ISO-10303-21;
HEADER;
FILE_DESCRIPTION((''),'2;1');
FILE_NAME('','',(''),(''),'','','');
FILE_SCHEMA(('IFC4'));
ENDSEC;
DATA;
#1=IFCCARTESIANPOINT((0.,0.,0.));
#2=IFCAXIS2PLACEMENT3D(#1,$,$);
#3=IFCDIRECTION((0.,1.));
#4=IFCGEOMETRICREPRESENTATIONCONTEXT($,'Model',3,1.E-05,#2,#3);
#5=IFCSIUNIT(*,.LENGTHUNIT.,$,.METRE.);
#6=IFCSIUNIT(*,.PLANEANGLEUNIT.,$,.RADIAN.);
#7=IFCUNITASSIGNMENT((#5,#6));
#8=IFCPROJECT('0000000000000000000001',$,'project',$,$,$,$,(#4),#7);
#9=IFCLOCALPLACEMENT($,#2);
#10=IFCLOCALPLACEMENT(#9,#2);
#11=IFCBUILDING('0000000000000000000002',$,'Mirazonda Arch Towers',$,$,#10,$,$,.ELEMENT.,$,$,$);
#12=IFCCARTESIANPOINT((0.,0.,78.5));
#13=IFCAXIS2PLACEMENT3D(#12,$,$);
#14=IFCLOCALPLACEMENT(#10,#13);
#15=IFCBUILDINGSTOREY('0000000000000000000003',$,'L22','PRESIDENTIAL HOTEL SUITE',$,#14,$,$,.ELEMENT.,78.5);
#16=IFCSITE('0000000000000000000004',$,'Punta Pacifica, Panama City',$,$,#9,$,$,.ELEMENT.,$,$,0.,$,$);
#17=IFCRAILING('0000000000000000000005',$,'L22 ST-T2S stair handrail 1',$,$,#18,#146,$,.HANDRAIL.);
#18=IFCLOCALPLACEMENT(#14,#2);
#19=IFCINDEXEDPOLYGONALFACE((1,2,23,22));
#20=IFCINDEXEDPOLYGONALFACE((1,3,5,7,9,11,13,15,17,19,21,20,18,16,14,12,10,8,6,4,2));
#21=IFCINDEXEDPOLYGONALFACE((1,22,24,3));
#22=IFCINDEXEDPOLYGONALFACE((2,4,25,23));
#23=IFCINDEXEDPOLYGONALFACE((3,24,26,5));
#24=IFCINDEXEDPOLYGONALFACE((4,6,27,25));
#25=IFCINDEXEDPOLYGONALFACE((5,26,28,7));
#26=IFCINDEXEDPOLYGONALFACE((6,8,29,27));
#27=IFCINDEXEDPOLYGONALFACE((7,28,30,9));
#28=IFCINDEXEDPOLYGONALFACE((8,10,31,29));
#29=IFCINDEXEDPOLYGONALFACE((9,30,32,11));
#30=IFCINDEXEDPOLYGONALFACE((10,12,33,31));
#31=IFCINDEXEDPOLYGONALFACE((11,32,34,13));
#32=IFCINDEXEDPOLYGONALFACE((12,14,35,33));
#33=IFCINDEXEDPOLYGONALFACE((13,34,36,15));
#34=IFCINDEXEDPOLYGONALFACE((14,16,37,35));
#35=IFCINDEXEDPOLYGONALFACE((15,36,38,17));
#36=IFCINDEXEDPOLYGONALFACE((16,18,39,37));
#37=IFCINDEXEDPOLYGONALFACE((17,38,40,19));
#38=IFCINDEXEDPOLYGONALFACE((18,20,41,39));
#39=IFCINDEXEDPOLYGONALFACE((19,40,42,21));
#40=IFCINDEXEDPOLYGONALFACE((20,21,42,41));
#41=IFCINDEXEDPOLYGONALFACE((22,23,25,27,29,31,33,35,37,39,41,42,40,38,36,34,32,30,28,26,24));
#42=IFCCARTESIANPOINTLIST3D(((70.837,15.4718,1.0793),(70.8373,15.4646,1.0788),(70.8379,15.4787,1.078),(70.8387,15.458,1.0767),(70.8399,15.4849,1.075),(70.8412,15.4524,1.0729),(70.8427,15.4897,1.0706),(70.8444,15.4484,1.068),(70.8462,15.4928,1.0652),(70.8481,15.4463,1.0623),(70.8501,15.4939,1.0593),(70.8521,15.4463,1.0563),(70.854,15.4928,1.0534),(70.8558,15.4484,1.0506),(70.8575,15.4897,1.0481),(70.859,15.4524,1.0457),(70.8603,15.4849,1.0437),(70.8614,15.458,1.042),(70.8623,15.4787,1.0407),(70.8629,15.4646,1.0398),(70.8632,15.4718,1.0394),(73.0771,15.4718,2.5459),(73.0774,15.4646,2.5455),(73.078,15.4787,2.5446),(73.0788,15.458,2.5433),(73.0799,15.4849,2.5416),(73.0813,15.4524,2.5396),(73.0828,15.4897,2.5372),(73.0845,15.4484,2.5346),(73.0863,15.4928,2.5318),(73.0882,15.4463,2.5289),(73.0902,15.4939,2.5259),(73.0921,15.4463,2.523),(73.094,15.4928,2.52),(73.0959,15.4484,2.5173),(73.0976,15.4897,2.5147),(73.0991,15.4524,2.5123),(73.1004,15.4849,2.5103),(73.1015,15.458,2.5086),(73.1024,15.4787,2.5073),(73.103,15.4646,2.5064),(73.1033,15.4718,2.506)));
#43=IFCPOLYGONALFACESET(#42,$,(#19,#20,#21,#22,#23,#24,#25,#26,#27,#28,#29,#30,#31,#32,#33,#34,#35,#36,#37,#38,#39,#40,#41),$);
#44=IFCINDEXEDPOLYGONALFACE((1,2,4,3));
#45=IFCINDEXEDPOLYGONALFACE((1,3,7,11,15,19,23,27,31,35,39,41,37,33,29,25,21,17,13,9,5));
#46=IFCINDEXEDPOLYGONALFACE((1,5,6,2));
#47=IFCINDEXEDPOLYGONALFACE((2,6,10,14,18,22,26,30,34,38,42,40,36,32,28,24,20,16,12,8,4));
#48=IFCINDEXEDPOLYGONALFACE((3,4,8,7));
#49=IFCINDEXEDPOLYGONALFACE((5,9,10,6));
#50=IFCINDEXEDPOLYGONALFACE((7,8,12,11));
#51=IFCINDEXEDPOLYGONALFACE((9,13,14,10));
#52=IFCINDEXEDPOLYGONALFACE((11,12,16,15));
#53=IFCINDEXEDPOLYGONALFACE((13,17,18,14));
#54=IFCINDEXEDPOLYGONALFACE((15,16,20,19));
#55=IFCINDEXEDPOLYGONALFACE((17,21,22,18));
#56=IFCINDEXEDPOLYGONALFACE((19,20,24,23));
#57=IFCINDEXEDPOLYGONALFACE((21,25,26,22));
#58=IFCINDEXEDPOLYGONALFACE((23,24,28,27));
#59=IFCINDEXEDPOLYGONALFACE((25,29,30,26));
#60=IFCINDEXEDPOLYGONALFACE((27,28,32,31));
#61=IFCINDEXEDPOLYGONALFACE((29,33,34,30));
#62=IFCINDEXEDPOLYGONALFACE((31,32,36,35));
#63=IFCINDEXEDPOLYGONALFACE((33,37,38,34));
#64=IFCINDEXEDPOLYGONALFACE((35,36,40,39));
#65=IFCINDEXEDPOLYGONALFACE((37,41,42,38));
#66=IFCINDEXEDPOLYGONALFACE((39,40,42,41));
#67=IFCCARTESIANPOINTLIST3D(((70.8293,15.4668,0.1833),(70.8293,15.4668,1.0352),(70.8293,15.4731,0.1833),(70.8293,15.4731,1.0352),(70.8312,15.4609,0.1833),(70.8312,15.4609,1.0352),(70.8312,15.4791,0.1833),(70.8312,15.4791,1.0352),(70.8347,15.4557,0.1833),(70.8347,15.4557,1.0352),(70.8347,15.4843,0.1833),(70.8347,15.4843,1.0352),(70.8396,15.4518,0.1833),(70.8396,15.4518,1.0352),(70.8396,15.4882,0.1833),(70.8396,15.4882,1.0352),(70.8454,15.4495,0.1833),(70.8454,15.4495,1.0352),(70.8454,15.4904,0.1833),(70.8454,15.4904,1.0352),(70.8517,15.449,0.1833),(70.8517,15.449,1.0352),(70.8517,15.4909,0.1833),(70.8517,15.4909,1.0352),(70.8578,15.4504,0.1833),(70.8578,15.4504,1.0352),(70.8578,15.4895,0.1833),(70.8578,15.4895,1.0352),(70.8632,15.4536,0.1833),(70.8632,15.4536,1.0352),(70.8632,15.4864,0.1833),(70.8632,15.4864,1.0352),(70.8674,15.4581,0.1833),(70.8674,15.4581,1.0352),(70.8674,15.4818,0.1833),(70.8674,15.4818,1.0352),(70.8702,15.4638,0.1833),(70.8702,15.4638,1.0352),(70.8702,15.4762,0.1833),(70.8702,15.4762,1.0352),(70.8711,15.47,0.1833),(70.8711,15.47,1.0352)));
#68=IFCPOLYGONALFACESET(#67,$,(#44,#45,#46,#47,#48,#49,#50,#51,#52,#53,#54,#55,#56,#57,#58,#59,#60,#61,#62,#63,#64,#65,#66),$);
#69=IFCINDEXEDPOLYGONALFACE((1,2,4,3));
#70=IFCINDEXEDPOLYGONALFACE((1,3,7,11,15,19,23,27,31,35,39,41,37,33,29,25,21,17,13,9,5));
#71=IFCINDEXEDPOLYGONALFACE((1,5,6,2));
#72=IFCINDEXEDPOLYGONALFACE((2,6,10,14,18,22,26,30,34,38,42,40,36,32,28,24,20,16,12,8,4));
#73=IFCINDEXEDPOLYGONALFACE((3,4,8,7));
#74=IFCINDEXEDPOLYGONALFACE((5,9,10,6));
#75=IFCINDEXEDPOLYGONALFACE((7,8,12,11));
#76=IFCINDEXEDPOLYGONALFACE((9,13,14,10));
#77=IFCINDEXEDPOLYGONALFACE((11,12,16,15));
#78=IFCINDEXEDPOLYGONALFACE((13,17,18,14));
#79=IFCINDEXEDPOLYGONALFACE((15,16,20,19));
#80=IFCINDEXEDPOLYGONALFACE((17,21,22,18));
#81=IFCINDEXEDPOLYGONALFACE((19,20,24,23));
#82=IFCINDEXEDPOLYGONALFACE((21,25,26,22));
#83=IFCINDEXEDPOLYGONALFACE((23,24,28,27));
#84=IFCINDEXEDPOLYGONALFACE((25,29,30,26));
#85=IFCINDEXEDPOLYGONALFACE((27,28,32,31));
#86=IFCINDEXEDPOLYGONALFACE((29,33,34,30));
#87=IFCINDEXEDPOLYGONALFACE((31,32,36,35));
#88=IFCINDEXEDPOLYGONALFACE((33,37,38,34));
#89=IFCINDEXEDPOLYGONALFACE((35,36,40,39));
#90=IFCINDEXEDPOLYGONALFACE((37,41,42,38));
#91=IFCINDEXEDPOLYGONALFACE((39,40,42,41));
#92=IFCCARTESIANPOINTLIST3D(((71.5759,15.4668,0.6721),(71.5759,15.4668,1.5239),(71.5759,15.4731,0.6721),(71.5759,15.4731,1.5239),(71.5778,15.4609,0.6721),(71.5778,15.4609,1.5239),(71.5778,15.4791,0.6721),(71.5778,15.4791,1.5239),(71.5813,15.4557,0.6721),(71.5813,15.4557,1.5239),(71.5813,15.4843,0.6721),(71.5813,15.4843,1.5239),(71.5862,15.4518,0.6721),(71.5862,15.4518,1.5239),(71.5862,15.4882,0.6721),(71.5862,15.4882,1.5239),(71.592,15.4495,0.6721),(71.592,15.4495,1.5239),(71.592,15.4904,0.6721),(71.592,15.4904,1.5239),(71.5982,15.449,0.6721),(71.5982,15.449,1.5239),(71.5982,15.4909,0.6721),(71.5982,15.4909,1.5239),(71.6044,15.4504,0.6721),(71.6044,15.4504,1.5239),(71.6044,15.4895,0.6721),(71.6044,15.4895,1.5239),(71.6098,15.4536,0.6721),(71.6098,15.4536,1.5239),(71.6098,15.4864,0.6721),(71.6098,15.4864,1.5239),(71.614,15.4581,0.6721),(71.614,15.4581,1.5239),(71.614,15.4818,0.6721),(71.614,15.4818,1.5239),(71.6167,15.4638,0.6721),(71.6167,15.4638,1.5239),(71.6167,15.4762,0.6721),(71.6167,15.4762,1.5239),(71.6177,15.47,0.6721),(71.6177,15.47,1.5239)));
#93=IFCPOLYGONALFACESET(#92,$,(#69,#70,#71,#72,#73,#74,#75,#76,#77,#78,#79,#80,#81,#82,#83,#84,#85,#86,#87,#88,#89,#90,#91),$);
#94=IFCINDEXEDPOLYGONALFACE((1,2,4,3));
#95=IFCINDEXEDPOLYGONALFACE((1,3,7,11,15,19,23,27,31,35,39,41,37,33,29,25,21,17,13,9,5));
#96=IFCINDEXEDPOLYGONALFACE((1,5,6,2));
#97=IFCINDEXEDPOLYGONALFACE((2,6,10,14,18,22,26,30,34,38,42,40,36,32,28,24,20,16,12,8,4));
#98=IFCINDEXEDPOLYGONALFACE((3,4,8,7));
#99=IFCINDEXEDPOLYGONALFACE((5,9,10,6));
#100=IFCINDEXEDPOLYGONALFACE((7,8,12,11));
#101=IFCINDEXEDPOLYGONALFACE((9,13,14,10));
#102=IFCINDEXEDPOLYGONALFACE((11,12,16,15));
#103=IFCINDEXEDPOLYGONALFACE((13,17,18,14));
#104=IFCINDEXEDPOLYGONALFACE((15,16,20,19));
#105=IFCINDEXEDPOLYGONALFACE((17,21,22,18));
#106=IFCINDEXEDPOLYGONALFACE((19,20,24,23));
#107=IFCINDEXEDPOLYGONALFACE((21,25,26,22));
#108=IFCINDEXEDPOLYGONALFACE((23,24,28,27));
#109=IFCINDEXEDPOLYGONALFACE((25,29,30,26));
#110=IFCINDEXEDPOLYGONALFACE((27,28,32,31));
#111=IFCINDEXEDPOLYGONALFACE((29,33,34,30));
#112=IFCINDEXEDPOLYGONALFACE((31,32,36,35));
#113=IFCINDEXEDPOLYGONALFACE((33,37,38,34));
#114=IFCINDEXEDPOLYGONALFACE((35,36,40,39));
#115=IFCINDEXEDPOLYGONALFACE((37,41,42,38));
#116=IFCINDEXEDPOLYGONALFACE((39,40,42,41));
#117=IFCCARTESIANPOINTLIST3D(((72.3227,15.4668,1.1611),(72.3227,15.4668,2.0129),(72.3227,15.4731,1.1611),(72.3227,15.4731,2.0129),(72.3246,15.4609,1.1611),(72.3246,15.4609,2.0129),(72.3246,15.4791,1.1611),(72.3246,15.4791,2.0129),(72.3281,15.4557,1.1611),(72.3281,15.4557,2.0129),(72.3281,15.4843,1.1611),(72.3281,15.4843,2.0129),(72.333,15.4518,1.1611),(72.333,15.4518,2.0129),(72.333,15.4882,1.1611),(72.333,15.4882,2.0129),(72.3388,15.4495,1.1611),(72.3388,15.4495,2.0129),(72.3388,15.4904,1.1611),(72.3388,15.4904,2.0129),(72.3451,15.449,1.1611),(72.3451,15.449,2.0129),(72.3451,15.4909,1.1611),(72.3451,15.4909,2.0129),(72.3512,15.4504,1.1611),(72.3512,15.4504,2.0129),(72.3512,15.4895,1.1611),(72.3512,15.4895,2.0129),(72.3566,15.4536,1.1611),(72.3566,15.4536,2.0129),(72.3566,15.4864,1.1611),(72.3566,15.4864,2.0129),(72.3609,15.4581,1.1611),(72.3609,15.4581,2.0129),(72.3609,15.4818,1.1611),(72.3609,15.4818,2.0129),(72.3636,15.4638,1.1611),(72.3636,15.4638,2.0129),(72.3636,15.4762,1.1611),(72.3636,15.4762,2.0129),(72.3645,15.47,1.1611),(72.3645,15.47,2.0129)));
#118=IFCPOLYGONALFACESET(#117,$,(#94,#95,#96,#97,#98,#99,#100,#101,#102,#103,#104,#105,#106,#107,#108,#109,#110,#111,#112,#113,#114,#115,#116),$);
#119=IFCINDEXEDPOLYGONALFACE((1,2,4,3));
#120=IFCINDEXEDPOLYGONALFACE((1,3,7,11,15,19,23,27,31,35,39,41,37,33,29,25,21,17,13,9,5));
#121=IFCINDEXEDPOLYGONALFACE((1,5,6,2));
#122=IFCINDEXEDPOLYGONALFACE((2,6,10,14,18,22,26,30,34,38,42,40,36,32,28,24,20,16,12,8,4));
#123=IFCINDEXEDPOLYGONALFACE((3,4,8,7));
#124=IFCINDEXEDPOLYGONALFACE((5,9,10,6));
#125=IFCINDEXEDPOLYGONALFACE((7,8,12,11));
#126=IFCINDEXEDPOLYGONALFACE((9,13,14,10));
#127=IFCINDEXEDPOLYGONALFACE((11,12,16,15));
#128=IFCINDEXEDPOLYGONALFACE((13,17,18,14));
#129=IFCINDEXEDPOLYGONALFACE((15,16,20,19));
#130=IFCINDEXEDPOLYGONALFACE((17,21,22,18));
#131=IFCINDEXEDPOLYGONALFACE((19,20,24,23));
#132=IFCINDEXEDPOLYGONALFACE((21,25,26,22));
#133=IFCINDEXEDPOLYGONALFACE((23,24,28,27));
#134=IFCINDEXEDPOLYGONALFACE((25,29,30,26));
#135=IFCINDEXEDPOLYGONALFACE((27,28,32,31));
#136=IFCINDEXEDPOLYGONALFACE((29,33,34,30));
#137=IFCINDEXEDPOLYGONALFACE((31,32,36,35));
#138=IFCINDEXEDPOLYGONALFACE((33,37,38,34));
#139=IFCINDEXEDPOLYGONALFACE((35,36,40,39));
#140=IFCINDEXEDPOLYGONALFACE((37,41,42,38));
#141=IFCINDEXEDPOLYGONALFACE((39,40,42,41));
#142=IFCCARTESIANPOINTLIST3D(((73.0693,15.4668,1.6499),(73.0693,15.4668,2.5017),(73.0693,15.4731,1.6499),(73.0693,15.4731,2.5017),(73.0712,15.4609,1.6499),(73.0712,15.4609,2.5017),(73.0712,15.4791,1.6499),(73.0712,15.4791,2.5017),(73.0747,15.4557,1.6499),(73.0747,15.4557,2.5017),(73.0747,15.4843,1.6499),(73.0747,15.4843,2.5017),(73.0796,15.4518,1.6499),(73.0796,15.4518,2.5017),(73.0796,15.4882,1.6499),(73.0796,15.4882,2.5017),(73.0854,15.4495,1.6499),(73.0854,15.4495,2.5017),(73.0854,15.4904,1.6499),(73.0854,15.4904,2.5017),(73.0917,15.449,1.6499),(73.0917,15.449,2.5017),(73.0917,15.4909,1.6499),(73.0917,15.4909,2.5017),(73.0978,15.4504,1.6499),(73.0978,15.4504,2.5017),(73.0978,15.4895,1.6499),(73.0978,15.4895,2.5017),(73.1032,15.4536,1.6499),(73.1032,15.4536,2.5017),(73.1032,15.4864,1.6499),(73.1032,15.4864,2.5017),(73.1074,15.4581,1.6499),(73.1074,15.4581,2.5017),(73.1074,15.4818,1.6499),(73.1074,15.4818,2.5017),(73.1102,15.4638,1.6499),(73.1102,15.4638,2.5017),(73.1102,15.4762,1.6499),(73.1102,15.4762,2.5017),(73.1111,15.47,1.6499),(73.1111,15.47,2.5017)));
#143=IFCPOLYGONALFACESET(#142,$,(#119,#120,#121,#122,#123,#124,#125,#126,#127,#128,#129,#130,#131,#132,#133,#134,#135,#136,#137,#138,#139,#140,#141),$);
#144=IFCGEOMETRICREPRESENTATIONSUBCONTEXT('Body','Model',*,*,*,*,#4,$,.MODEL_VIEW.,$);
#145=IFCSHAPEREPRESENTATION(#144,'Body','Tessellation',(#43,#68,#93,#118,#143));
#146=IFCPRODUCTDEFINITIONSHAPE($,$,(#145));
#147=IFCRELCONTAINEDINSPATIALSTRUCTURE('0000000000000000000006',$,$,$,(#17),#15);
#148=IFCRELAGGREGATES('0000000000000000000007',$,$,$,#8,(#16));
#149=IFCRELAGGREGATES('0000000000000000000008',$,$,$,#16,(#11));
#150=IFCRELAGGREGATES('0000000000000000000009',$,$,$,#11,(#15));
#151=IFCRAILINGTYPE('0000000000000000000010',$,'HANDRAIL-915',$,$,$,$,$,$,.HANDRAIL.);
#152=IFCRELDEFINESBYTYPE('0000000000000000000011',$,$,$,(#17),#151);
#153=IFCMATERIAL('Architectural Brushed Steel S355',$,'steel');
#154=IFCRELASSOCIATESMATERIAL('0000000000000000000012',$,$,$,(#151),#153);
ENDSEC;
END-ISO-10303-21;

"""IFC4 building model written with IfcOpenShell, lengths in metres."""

from ifc_helpers import new_model, si_unit, direction, frame, origin, origin_2d, place, context, subcontext, project, spatial, circle, extrude, material, type_object, element, save


model = new_model("IFC4")

# Units and contexts
model_context = context("Model", 3, precision=1e-05, world=origin(), true_north=direction((0.0, 1.0)))
body_context = subcontext(model_context, "Body", "Model", "MODEL_VIEW")
ifc_project = project(units=[si_unit("LENGTHUNIT", "METRE"), si_unit("PLANEANGLEUNIT", "RADIAN")], contexts=[model_context])

# Site, building, storey
site_placement = place(None, origin())
site = spatial("IfcSite", under=ifc_project, at=site_placement, Name="Punta Pacifica, Panama City", CompositionType="ELEMENT", RefElevation=0.0)
building_placement = place(site_placement, origin())
building = spatial("IfcBuilding", under=site, at=building_placement, Name="Mirazonda Arch Towers", CompositionType="ELEMENT")
storey_placement = place(building_placement, frame((0.0, 0.0, 78.5)))
storey = spatial("IfcBuildingStorey", under=building, at=storey_placement, Name="L22", Description="PRESIDENTIAL HOTEL SUITE", CompositionType="ELEMENT", Elevation=78.5)

# Shared definitions
ifc_material_1 = material(Name="Architectural Brushed Steel S355", Category="steel")

# Railing
railing_type_1 = type_object("IfcRailingType", Name="HANDRAIL-915", PredefinedType="HANDRAIL", material=ifc_material_1)
railing_1_placement = place(storey_placement, frame((70.8501, 15.47, 0.1833)))
element("IfcRailing", 1, at=railing_1_placement, inside=storey, type_object=railing_type_1, Name="L22 ST-T2S stair handrail 1", PredefinedType="HANDRAIL", context=body_context, shape_type="SweptSolid", body=[
    extrude(circle(Radius=0.0239, at=origin_2d()), frame((0.0, 0.0, 0.876), z_axis=(0.836637, 0.0, 0.547758), x_axis=(0.0, 1.0, 0.0)), (0.0, 0.0, 1.0), 2.6775),
    extrude(circle(Radius=0.021, at=origin_2d()), origin(), (0.0, 0.0, 1.0), 0.8518),
    extrude(circle(Radius=0.021, at=origin_2d()), frame((0.7466, 0.0, 0.4888)), (0.0, 0.0, 1.0), 0.8518),
    extrude(circle(Radius=0.021, at=origin_2d()), frame((1.4934, 0.0, 0.9778)), (0.0, 0.0, 1.0), 0.8518),
    extrude(circle(Radius=0.021, at=origin_2d()), frame((2.24, 0.0, 1.4666)), (0.0, 0.0, 1.0), 0.8518),
])

save(model, "model.ifc")
